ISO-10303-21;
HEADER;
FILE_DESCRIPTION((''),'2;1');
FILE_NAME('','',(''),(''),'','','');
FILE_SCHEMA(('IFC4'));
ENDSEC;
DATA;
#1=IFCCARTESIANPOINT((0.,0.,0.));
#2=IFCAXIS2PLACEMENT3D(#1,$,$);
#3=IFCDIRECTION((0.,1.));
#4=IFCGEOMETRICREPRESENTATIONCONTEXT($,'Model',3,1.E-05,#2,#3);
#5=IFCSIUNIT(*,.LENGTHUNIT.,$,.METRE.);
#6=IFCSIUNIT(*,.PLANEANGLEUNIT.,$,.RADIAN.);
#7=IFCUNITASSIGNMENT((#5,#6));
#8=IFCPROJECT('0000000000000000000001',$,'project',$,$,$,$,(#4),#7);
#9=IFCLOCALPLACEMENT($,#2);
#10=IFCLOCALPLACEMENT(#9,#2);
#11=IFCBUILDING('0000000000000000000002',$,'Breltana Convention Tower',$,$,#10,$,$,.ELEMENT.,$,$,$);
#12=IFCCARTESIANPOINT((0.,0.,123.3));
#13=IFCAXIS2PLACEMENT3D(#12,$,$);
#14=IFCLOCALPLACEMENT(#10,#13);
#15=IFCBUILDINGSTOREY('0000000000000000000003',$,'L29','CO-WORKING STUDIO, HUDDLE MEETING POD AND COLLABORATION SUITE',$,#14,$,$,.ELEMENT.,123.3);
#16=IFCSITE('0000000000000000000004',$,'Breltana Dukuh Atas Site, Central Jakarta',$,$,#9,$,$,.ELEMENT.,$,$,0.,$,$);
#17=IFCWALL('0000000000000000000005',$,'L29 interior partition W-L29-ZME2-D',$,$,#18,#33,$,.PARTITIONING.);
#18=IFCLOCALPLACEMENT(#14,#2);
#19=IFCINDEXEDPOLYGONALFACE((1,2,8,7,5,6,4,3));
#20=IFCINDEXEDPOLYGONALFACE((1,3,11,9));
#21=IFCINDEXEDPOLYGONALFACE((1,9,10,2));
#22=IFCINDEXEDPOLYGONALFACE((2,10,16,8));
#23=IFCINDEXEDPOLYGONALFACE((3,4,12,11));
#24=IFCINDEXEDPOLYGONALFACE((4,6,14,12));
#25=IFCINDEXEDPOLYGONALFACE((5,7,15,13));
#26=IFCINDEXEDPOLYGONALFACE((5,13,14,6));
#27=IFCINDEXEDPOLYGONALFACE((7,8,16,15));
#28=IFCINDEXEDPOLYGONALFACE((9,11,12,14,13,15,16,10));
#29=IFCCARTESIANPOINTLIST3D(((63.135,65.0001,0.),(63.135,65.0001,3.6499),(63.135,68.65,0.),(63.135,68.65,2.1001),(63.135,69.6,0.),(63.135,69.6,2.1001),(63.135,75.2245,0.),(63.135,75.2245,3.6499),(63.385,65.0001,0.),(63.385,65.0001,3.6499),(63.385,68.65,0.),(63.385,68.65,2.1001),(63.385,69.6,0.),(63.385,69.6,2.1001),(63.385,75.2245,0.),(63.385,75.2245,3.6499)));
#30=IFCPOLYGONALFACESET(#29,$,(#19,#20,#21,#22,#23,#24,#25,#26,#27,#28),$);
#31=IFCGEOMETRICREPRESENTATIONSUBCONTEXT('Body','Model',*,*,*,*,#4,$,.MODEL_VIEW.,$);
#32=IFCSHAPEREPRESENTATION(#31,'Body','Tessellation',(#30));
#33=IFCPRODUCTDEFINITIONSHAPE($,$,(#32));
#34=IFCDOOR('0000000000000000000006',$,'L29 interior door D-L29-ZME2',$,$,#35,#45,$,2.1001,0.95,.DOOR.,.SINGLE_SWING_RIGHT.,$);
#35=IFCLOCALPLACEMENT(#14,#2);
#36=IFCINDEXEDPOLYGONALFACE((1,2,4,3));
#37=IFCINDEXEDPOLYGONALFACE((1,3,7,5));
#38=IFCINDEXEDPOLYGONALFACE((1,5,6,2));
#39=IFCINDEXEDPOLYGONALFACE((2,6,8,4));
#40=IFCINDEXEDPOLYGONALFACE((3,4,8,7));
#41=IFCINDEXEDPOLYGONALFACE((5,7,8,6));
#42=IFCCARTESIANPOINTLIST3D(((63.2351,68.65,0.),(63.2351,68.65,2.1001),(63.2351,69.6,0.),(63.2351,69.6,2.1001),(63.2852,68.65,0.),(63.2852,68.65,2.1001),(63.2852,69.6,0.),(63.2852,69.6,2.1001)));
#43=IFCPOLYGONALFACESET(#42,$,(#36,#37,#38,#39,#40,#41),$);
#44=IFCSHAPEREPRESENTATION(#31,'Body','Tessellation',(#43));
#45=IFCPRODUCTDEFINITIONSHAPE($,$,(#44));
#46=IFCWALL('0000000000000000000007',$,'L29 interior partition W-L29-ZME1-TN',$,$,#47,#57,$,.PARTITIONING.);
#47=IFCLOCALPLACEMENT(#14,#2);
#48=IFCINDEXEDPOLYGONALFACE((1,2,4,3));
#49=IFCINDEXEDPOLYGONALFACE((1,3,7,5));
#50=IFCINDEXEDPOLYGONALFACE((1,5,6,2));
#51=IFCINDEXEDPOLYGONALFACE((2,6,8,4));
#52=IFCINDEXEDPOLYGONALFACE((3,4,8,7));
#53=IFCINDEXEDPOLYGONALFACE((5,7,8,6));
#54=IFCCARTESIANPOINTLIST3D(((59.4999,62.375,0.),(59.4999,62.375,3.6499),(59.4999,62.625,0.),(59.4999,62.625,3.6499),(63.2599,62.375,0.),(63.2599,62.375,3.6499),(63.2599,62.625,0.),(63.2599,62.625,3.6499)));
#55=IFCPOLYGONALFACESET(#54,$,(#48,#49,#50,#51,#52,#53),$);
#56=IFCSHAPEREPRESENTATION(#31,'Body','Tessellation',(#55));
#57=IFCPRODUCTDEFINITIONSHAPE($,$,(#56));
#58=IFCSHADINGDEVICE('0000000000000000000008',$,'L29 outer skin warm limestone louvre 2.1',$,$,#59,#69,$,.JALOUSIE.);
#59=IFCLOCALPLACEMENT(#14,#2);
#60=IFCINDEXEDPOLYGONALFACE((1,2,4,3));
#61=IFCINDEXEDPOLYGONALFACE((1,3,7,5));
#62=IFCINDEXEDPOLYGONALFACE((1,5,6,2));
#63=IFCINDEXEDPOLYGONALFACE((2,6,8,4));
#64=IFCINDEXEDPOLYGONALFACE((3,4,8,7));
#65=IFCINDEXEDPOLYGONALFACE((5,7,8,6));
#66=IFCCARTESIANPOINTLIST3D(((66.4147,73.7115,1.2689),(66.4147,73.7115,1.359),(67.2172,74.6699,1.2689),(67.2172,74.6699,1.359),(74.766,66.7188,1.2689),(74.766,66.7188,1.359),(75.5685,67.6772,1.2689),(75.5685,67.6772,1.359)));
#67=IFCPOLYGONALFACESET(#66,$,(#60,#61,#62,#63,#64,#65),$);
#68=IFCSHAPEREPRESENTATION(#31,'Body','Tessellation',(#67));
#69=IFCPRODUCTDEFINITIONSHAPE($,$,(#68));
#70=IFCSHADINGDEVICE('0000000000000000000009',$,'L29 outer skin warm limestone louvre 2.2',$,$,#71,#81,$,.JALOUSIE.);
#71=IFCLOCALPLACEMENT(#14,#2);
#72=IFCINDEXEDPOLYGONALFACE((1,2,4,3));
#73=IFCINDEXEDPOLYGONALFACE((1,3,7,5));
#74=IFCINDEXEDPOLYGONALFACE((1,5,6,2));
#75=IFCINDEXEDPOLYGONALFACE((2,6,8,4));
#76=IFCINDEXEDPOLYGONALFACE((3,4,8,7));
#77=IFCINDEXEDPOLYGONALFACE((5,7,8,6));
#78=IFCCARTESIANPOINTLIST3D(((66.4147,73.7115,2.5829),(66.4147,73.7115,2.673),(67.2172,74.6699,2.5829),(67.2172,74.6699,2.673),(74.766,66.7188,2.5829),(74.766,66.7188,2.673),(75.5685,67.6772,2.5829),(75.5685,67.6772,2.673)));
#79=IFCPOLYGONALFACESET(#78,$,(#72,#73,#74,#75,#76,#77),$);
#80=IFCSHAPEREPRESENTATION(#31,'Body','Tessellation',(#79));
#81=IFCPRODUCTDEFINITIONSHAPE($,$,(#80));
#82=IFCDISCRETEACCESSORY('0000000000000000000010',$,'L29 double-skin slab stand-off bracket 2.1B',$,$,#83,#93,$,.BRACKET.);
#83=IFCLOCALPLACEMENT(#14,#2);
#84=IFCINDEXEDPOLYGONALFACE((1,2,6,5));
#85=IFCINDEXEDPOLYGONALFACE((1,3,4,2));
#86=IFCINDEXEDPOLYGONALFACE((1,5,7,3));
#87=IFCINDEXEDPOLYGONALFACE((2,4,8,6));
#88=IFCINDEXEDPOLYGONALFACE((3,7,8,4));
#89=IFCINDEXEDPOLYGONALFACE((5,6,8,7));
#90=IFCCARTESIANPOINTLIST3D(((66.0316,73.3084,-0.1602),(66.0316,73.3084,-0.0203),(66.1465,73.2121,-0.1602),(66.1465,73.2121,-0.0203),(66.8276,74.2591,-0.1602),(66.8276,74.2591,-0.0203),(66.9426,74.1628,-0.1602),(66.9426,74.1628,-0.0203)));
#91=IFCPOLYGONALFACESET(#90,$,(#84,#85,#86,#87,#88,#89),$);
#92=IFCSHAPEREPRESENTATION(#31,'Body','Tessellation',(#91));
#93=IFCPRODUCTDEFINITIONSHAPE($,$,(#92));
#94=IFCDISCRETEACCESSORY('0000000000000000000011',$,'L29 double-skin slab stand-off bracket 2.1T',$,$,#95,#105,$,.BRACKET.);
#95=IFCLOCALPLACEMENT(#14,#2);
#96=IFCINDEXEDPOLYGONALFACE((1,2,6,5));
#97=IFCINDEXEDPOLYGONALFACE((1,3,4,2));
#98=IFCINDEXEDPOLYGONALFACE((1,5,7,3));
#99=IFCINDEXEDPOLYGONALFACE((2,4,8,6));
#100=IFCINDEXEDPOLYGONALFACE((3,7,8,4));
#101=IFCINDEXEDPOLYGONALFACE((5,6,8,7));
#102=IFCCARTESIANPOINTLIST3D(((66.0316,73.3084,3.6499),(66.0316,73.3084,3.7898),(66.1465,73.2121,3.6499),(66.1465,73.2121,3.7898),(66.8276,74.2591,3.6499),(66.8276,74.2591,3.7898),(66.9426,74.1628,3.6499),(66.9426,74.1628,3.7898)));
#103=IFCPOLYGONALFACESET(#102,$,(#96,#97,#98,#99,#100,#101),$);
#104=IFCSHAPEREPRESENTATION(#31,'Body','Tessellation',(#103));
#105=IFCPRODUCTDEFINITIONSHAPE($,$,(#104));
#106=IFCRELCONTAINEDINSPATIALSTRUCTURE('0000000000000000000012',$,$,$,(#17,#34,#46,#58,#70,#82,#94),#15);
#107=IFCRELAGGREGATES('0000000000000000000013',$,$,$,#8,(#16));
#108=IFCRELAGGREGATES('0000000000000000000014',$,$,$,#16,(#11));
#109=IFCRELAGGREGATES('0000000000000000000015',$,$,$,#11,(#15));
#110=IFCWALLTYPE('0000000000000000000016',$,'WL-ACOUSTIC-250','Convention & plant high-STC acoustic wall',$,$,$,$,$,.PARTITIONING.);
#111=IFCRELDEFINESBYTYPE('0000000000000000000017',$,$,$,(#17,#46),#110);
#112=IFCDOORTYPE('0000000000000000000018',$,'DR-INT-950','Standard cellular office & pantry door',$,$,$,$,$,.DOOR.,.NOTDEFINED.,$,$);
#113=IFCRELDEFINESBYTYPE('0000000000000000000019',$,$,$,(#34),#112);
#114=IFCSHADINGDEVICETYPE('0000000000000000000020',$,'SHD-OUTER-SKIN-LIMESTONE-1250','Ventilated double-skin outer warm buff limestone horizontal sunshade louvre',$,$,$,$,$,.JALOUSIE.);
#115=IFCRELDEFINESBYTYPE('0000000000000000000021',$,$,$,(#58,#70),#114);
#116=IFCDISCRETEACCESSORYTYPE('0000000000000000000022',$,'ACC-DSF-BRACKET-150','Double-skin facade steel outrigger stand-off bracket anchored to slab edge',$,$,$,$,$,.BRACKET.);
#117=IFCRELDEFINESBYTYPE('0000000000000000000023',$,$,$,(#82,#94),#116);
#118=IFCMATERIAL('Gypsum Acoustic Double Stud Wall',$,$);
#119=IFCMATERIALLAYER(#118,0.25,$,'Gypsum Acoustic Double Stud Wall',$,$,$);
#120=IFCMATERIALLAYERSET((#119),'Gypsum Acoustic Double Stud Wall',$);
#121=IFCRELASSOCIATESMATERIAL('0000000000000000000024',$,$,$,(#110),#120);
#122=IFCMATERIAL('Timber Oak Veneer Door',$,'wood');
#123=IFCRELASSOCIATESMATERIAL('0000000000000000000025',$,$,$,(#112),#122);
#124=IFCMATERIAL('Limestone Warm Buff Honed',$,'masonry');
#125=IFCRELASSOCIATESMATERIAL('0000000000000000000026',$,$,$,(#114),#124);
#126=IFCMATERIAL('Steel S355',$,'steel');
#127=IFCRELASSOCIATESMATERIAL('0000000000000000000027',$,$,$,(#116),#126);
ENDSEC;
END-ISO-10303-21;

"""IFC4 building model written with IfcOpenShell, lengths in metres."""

from ifc_helpers import new_model, si_unit, direction, frame, frame_2d, origin, origin_2d, place, context, subcontext, project, spatial, rectangle, extrude, source, transform, mapped, material, layer, layer_set, material_profile, profile_set, type_object, type_shapes, element, fill, save


model = new_model("IFC4")

# Units and contexts
model_context = context("Model", 3, precision=1e-05, world=origin(), true_north=direction((0.0, 1.0)))
body_context = subcontext(model_context, "Body", "Model", "MODEL_VIEW")
ifc_project = project(units=[si_unit("LENGTHUNIT", "METRE"), si_unit("PLANEANGLEUNIT", "RADIAN")], contexts=[model_context])

# Site, building, storey
site_placement = place(None, origin())
site = spatial("IfcSite", under=ifc_project, at=site_placement, Name="Breltana Dukuh Atas Site, Central Jakarta", CompositionType="ELEMENT", RefElevation=0.0)
building_placement = place(site_placement, origin())
building = spatial("IfcBuilding", under=site, at=building_placement, Name="Breltana Convention Tower", CompositionType="ELEMENT")
storey_placement = place(building_placement, frame((0.0, 0.0, 123.3)))
storey = spatial("IfcBuildingStorey", under=building, at=storey_placement, Name="L29", Description="CO-WORKING STUDIO, HUDDLE MEETING POD AND COLLABORATION SUITE", CompositionType="ELEMENT", Elevation=123.3)

# Shared definitions
ifc_material_1 = material(Name="Gypsum Acoustic Double Stud Wall")
ifc_layer_1 = layer(ifc_material_1, 0.25, Name="Gypsum Acoustic Double Stud Wall")
ifc_layer_set_1 = layer_set([ifc_layer_1], Name="Gypsum Acoustic Double Stud Wall")
wall_type_1 = type_object("IfcWallType", Name="WL-ACOUSTIC-250", Description="Convention & plant high-STC acoustic wall", PredefinedType="PARTITIONING", material=ifc_layer_set_1)

# Wall, opening, door
shared_shape_1 = source(origin(), body_context, "Body", "SweptSolid", [
    extrude(rectangle(XDim=10.2244, YDim=0.25, at=frame_2d((5.1123, 0.0))), origin(), (0.0, 0.0, 1.0), 3.6499),
])
wall_1_placement = place(storey_placement, frame((63.26, 65.0, 0.0), z_axis=(0.0, 0.0, 1.0), x_axis=(0.0, 1.0, 0.0)))
wall_1 = element("IfcWall", 1, at=wall_1_placement, inside=storey, type_object=wall_type_1, Name="L29 interior partition W-L29-ZME2-D", PredefinedType="PARTITIONING", context=body_context, shape_type="MappedRepresentation", body=[
    mapped(shared_shape_1, transform((0.0, 0.0, 0.0), scale=1.0)),
])
opening_1_placement = place(wall_1_placement, frame((3.6499, 0.0, 0.0)))
opening_1 = element("IfcOpeningElement", 2, at=opening_1_placement, cuts=wall_1, PredefinedType="OPENING", context=body_context, shape_type="SweptSolid", body=[
    extrude(rectangle(XDim=0.95, YDim=2.1001, at=frame_2d((0.4751, 1.05))), frame((0.0, 0.135, 0.0), z_axis=(0.0, -1.0, 0.0), x_axis=(1.0, 0.0, 0.0)), (0.0, 0.0, 1.0), 0.27),
])
ifc_material_2 = material(Name="Timber Oak Veneer Door", Category="wood")
door_type_1 = type_object("IfcDoorType", Name="DR-INT-950", Description="Standard cellular office & pantry door", OperationType="NOTDEFINED", PredefinedType="DOOR", material=ifc_material_2)
shared_shape_2 = source(origin(), body_context, "Body", "SweptSolid", [
    extrude(rectangle(XDim=0.95, YDim=2.1001, at=frame_2d((0.4751, 1.05))), frame((0.0, 0.0249, 0.0), z_axis=(0.0, -1.0, 0.0), x_axis=(1.0, 0.0, 0.0)), (0.0, 0.0, 1.0), 0.05),
])
type_shapes(door_type_1, [shared_shape_2])
door_1_placement = place(opening_1_placement, origin())
door_1 = element("IfcDoor", 3, at=door_1_placement, inside=storey, type_object=door_type_1, Name="L29 interior door D-L29-ZME2", OperationType="SINGLE_SWING_RIGHT", OverallHeight=2.1001, OverallWidth=0.95, PredefinedType="DOOR", context=body_context, shape_type="MappedRepresentation", body=[
    mapped(shared_shape_2, transform((0.0, 0.0, 0.0), scale=1.0)),
])
fill(opening_1, door_1)

# Wall
shared_shape_3 = source(origin(), body_context, "Body", "SweptSolid", [
    extrude(rectangle(XDim=3.76, YDim=0.25, at=frame_2d((1.8799, 0.0))), origin(), (0.0, 0.0, 1.0), 3.6499),
])
wall_2_placement = place(storey_placement, frame((59.5, 62.5, 0.0), z_axis=(0.0, 0.0, 1.0), x_axis=(1.0, 0.0, 0.0)))
element("IfcWall", 4, at=wall_2_placement, inside=storey, type_object=wall_type_1, Name="L29 interior partition W-L29-ZME1-TN", PredefinedType="PARTITIONING", context=body_context, shape_type="MappedRepresentation", body=[
    mapped(shared_shape_3, transform((0.0, 0.0, 0.0), scale=1.0)),
])

# Shading devices
ifc_material_3 = material(Name="Limestone Warm Buff Honed", Category="masonry")
ifc_material_profile_1 = material_profile(ifc_material_3, rectangle(XDim=1.25, YDim=0.0901, at=origin_2d()), Name="STN-LVR-1250X90")
ifc_profile_set_1 = profile_set([ifc_material_profile_1], Name="Limestone Warm Buff Honed")
shading_device_type = type_object("IfcShadingDeviceType", Name="SHD-OUTER-SKIN-LIMESTONE-1250", Description="Ventilated double-skin outer warm buff limestone horizontal sunshade louvre", PredefinedType="JALOUSIE", material=ifc_profile_set_1)
shared_shape_4 = source(origin(), body_context, "Body", "SweptSolid", [
    extrude(rectangle(XDim=1.25, YDim=0.0901, at=origin_2d()), origin(), (0.0, 0.0, 1.0), 10.8923),
])
for number, where, z_axis, x_axis, name in (
    (5, (66.8159, 74.1907, 1.314), (0.766718, -0.641984, 0.0), (0.641984, 0.766718, 0.0), "L29 outer skin warm limestone louvre 2.1"),
    (6, (66.8159, 74.1907, 2.6279), (0.766718, -0.641984, 0.0), (0.641984, 0.766718, 0.0), "L29 outer skin warm limestone louvre 2.2"),
):
    element("IfcShadingDevice", number, at=place(storey_placement, frame(where, z_axis=z_axis, x_axis=x_axis)), inside=storey, type_object=shading_device_type, Name=name, PredefinedType="JALOUSIE", context=body_context, shape_type="MappedRepresentation", body=[
        mapped(shared_shape_4, transform((0.0, 0.0, 0.0), scale=1.0)),
    ])

# Discrete accessories
ifc_material_4 = material(Name="Steel S355", Category="steel")
discrete_accessory_type = type_object("IfcDiscreteAccessoryType", Name="ACC-DSF-BRACKET-150", Description="Double-skin facade steel outrigger stand-off bracket anchored to slab edge", PredefinedType="BRACKET", material=ifc_material_4)
shared_shape_5 = source(origin(), body_context, "Body", "SweptSolid", [
    extrude(rectangle(XDim=1.24, YDim=0.1499, at=origin_2d()), origin(), (0.0, 0.0, 1.0), 0.1399),
])
type_shapes(discrete_accessory_type, [shared_shape_5])
for number, where, z_axis, x_axis, name in (
    (7, (66.4871, 73.7356, -0.1602), (0.0, 0.0, 1.0), (0.641987, 0.766715, 0.0), "L29 double-skin slab stand-off bracket 2.1B"),
    (8, (66.4871, 73.7356, 3.6499), (0.0, 0.0, 1.0), (0.641987, 0.766715, 0.0), "L29 double-skin slab stand-off bracket 2.1T"),
):
    element("IfcDiscreteAccessory", number, at=place(storey_placement, frame(where, z_axis=z_axis, x_axis=x_axis)), inside=storey, type_object=discrete_accessory_type, Name=name, PredefinedType="BRACKET", context=body_context, shape_type="MappedRepresentation", body=[
        mapped(shared_shape_5, transform((0.0, 0.0, 0.0), scale=1.0)),
    ])

save(model, "model.ifc")
